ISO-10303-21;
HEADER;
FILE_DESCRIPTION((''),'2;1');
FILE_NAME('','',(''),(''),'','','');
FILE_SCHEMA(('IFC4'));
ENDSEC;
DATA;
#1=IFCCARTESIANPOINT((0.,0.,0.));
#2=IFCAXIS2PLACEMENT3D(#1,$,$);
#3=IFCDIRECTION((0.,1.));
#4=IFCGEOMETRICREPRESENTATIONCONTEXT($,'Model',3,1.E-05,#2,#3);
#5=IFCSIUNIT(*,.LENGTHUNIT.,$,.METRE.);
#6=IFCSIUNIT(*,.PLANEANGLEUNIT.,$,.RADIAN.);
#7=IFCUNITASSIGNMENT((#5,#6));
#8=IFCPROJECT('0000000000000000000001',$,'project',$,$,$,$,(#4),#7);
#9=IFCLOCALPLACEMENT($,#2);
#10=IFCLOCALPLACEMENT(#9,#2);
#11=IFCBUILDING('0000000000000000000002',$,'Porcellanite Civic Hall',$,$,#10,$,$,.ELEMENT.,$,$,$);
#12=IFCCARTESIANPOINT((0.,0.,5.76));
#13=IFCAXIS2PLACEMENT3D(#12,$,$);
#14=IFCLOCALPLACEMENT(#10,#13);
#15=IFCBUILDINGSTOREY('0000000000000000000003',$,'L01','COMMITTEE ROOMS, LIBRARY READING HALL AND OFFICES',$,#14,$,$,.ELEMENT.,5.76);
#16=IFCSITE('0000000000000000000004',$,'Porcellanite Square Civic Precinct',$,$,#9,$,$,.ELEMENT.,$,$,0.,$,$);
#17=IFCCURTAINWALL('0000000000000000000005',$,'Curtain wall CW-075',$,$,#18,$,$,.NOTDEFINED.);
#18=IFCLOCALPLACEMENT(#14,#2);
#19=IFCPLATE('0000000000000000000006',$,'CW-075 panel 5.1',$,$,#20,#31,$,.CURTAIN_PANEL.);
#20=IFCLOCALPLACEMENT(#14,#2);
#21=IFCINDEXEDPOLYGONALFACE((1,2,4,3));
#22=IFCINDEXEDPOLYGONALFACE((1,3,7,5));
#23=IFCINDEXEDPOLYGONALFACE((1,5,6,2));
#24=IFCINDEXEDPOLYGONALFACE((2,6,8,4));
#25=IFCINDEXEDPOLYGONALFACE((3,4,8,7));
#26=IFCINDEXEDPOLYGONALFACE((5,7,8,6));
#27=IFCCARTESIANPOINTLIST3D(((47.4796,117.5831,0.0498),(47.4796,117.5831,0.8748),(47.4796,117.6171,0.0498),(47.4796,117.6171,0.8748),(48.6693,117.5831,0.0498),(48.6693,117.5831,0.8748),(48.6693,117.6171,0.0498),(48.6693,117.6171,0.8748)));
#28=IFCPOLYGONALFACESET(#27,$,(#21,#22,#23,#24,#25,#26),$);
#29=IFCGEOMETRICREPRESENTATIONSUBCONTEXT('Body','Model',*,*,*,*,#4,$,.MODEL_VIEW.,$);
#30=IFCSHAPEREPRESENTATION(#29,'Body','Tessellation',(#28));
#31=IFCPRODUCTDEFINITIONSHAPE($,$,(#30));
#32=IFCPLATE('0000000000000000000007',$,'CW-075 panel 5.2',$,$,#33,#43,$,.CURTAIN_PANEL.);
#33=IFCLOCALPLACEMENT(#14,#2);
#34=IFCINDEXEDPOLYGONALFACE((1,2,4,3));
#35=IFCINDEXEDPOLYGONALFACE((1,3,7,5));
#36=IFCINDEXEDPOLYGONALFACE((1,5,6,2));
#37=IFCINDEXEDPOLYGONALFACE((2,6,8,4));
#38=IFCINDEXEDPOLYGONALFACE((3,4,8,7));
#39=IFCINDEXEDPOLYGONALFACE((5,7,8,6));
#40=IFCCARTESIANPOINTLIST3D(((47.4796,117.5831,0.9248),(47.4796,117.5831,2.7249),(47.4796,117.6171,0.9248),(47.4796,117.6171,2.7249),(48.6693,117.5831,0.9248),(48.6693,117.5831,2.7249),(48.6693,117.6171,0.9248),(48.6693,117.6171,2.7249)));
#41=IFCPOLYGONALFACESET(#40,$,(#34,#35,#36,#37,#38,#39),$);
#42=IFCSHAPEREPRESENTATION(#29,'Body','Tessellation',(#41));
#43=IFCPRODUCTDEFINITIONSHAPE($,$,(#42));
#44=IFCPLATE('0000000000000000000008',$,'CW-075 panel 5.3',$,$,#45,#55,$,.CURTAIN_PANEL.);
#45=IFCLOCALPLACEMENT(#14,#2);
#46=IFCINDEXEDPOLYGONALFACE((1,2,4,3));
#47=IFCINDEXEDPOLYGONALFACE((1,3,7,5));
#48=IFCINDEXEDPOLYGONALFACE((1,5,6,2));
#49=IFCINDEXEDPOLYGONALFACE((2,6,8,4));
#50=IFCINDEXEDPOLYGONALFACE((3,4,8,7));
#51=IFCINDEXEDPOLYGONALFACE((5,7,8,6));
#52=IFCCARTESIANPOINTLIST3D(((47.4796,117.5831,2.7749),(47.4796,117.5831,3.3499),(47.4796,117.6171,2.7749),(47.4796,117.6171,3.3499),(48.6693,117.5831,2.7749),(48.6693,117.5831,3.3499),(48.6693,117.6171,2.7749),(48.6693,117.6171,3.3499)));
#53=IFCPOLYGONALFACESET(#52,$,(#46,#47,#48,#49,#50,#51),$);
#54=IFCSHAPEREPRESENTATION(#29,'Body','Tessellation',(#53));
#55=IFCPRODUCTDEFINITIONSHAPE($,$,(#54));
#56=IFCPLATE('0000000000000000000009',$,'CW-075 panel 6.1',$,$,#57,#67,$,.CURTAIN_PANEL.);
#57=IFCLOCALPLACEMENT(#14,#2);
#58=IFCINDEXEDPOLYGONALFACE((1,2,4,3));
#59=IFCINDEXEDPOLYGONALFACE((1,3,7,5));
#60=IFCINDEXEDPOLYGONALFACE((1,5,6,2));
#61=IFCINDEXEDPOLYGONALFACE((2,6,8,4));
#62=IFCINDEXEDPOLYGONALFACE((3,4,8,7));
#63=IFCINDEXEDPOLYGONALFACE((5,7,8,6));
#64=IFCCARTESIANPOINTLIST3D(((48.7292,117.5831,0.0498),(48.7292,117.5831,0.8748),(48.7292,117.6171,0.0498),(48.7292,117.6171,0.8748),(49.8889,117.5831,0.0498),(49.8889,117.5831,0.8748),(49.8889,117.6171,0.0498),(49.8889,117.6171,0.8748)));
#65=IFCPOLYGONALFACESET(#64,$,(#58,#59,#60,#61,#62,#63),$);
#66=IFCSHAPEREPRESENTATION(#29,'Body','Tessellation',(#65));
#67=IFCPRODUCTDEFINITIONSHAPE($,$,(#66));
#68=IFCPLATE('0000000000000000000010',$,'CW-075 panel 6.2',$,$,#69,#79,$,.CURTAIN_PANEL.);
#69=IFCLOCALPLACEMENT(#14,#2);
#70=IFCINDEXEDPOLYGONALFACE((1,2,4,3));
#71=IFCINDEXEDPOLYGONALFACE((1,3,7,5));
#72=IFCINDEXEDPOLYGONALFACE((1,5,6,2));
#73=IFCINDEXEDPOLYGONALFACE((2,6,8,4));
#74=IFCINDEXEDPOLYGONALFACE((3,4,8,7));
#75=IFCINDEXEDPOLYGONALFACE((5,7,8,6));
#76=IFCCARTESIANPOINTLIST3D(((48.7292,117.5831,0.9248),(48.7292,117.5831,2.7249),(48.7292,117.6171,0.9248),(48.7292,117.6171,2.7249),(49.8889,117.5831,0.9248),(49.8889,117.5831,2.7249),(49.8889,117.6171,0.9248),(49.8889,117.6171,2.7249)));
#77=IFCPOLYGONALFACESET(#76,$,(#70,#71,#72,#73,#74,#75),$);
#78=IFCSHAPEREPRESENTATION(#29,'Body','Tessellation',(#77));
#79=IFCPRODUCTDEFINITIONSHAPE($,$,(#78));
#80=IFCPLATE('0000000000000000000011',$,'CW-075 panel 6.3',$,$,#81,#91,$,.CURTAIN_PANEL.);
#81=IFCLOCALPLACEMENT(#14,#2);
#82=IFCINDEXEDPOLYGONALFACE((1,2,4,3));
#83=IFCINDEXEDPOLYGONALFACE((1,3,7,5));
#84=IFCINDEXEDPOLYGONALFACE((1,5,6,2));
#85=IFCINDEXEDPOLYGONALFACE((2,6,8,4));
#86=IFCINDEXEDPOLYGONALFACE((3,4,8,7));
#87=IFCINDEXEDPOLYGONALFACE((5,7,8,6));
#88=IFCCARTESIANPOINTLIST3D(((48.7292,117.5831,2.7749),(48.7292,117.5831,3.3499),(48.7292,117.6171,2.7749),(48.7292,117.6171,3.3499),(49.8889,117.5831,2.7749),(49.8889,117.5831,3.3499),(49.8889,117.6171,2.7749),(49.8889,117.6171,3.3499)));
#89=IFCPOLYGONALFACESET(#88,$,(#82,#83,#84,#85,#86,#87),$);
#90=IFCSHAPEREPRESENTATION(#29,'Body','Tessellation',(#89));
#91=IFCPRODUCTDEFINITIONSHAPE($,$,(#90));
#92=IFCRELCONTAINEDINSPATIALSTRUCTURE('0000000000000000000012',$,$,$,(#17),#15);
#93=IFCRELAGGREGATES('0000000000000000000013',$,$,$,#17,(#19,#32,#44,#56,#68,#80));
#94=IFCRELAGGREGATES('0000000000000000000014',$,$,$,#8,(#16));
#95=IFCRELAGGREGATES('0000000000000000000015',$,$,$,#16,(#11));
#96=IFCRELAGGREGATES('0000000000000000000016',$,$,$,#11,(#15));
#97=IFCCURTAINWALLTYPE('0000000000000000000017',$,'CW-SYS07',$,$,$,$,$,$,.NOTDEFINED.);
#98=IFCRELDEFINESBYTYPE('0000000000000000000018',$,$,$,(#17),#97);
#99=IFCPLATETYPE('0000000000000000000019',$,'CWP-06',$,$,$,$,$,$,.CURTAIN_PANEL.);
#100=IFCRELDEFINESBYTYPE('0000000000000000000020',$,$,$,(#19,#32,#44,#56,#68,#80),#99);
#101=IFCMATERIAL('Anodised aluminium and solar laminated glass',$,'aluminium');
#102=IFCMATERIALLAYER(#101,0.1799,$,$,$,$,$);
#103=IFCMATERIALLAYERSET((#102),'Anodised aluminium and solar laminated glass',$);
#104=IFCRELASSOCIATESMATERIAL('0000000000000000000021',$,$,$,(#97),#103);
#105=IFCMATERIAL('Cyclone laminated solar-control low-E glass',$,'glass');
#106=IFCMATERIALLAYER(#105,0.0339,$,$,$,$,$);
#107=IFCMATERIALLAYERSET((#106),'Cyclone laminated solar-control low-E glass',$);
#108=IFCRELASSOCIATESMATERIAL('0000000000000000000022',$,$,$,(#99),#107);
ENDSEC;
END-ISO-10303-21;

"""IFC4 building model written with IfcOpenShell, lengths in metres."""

from ifc_helpers import new_model, si_unit, direction, frame, origin, origin_2d, place, context, subcontext, project, spatial, rectangle, extrude, material, layer, layer_set, type_object, element, aggregate, save


model = new_model("IFC4")

# Units and contexts
model_context = context("Model", 3, precision=1e-05, world=origin(), true_north=direction((0.0, 1.0)))
body_context = subcontext(model_context, "Body", "Model", "MODEL_VIEW")
ifc_project = project(units=[si_unit("LENGTHUNIT", "METRE"), si_unit("PLANEANGLEUNIT", "RADIAN")], contexts=[model_context])

# Site, building, storey
site_placement = place(None, origin())
site = spatial("IfcSite", under=ifc_project, at=site_placement, Name="Porcellanite Square Civic Precinct", CompositionType="ELEMENT", RefElevation=0.0)
building_placement = place(site_placement, origin())
building = spatial("IfcBuilding", under=site, at=building_placement, Name="Porcellanite Civic Hall", CompositionType="ELEMENT")
storey_placement = place(building_placement, frame((0.0, 0.0, 5.76)))
storey = spatial("IfcBuildingStorey", under=building, at=storey_placement, Name="L01", Description="COMMITTEE ROOMS, LIBRARY READING HALL AND OFFICES", CompositionType="ELEMENT", Elevation=5.76)

# Curtain wall, plates
ifc_material_1 = material(Name="Anodised aluminium and solar laminated glass", Category="aluminium")
ifc_layer_1 = layer(ifc_material_1, 0.1799)
ifc_layer_set_1 = layer_set([ifc_layer_1], Name="Anodised aluminium and solar laminated glass")
curtain_wall_type = type_object("IfcCurtainWallType", Name="CW-SYS07", PredefinedType="NOTDEFINED", material=ifc_layer_set_1)
curtain_wall_placement = place(storey_placement, origin())
curtain_wall = element("IfcCurtainWall", 1, at=curtain_wall_placement, inside=storey, type_object=curtain_wall_type, Name="Curtain wall CW-075", PredefinedType="NOTDEFINED")
ifc_material_2 = material(Name="Cyclone laminated solar-control low-E glass", Category="glass")
ifc_layer_2 = layer(ifc_material_2, 0.0339)
ifc_layer_set_2 = layer_set([ifc_layer_2], Name="Cyclone laminated solar-control low-E glass")
plate_type = type_object("IfcPlateType", Name="CWP-06", PredefinedType="CURTAIN_PANEL", material=ifc_layer_set_2)
plate_1_placement = place(storey_placement, frame((48.0745, 117.6001, 0.0498), z_axis=(0.0, 0.0, 1.0), x_axis=(1.0, 0.0, 0.0)))
plate_1 = element("IfcPlate", 2, at=plate_1_placement, type_object=plate_type, Name="CW-075 panel 5.1", PredefinedType="CURTAIN_PANEL", context=body_context, shape_type="SweptSolid", body=[
    extrude(rectangle(XDim=1.1897, YDim=0.0339, at=origin_2d()), origin(), (0.0, 0.0, 1.0), 0.825),
])
plate_2_placement = place(storey_placement, frame((48.0745, 117.6001, 0.9248), z_axis=(0.0, 0.0, 1.0), x_axis=(1.0, 0.0, 0.0)))
plate_2 = element("IfcPlate", 3, at=plate_2_placement, type_object=plate_type, Name="CW-075 panel 5.2", PredefinedType="CURTAIN_PANEL", context=body_context, shape_type="SweptSolid", body=[
    extrude(rectangle(XDim=1.1897, YDim=0.0339, at=origin_2d()), origin(), (0.0, 0.0, 1.0), 1.8),
])
plate_3_placement = place(storey_placement, frame((48.0745, 117.6001, 2.7749), z_axis=(0.0, 0.0, 1.0), x_axis=(1.0, 0.0, 0.0)))
plate_3 = element("IfcPlate", 4, at=plate_3_placement, type_object=plate_type, Name="CW-075 panel 5.3", PredefinedType="CURTAIN_PANEL", context=body_context, shape_type="SweptSolid", body=[
    extrude(rectangle(XDim=1.1897, YDim=0.0339, at=origin_2d()), origin(), (0.0, 0.0, 1.0), 0.575),
])
plate_4_placement = place(storey_placement, frame((49.3091, 117.6001, 0.0498), z_axis=(0.0, 0.0, 1.0), x_axis=(1.0, 0.0, 0.0)))
plate_4 = element("IfcPlate", 5, at=plate_4_placement, type_object=plate_type, Name="CW-075 panel 6.1", PredefinedType="CURTAIN_PANEL", context=body_context, shape_type="SweptSolid", body=[
    extrude(rectangle(XDim=1.1597, YDim=0.0339, at=origin_2d()), origin(), (0.0, 0.0, 1.0), 0.825),
])
plate_5_placement = place(storey_placement, frame((49.3091, 117.6001, 0.9248), z_axis=(0.0, 0.0, 1.0), x_axis=(1.0, 0.0, 0.0)))
plate_5 = element("IfcPlate", 6, at=plate_5_placement, type_object=plate_type, Name="CW-075 panel 6.2", PredefinedType="CURTAIN_PANEL", context=body_context, shape_type="SweptSolid", body=[
    extrude(rectangle(XDim=1.1597, YDim=0.0339, at=origin_2d()), origin(), (0.0, 0.0, 1.0), 1.8),
])
plate_6_placement = place(storey_placement, frame((49.3091, 117.6001, 2.7749), z_axis=(0.0, 0.0, 1.0), x_axis=(1.0, 0.0, 0.0)))
plate_6 = element("IfcPlate", 7, at=plate_6_placement, type_object=plate_type, Name="CW-075 panel 6.3", PredefinedType="CURTAIN_PANEL", context=body_context, shape_type="SweptSolid", body=[
    extrude(rectangle(XDim=1.1597, YDim=0.0339, at=origin_2d()), origin(), (0.0, 0.0, 1.0), 0.575),
])
aggregate(curtain_wall, [plate_1, plate_2, plate_3, plate_4, plate_5, plate_6])

save(model, "model.ifc")
